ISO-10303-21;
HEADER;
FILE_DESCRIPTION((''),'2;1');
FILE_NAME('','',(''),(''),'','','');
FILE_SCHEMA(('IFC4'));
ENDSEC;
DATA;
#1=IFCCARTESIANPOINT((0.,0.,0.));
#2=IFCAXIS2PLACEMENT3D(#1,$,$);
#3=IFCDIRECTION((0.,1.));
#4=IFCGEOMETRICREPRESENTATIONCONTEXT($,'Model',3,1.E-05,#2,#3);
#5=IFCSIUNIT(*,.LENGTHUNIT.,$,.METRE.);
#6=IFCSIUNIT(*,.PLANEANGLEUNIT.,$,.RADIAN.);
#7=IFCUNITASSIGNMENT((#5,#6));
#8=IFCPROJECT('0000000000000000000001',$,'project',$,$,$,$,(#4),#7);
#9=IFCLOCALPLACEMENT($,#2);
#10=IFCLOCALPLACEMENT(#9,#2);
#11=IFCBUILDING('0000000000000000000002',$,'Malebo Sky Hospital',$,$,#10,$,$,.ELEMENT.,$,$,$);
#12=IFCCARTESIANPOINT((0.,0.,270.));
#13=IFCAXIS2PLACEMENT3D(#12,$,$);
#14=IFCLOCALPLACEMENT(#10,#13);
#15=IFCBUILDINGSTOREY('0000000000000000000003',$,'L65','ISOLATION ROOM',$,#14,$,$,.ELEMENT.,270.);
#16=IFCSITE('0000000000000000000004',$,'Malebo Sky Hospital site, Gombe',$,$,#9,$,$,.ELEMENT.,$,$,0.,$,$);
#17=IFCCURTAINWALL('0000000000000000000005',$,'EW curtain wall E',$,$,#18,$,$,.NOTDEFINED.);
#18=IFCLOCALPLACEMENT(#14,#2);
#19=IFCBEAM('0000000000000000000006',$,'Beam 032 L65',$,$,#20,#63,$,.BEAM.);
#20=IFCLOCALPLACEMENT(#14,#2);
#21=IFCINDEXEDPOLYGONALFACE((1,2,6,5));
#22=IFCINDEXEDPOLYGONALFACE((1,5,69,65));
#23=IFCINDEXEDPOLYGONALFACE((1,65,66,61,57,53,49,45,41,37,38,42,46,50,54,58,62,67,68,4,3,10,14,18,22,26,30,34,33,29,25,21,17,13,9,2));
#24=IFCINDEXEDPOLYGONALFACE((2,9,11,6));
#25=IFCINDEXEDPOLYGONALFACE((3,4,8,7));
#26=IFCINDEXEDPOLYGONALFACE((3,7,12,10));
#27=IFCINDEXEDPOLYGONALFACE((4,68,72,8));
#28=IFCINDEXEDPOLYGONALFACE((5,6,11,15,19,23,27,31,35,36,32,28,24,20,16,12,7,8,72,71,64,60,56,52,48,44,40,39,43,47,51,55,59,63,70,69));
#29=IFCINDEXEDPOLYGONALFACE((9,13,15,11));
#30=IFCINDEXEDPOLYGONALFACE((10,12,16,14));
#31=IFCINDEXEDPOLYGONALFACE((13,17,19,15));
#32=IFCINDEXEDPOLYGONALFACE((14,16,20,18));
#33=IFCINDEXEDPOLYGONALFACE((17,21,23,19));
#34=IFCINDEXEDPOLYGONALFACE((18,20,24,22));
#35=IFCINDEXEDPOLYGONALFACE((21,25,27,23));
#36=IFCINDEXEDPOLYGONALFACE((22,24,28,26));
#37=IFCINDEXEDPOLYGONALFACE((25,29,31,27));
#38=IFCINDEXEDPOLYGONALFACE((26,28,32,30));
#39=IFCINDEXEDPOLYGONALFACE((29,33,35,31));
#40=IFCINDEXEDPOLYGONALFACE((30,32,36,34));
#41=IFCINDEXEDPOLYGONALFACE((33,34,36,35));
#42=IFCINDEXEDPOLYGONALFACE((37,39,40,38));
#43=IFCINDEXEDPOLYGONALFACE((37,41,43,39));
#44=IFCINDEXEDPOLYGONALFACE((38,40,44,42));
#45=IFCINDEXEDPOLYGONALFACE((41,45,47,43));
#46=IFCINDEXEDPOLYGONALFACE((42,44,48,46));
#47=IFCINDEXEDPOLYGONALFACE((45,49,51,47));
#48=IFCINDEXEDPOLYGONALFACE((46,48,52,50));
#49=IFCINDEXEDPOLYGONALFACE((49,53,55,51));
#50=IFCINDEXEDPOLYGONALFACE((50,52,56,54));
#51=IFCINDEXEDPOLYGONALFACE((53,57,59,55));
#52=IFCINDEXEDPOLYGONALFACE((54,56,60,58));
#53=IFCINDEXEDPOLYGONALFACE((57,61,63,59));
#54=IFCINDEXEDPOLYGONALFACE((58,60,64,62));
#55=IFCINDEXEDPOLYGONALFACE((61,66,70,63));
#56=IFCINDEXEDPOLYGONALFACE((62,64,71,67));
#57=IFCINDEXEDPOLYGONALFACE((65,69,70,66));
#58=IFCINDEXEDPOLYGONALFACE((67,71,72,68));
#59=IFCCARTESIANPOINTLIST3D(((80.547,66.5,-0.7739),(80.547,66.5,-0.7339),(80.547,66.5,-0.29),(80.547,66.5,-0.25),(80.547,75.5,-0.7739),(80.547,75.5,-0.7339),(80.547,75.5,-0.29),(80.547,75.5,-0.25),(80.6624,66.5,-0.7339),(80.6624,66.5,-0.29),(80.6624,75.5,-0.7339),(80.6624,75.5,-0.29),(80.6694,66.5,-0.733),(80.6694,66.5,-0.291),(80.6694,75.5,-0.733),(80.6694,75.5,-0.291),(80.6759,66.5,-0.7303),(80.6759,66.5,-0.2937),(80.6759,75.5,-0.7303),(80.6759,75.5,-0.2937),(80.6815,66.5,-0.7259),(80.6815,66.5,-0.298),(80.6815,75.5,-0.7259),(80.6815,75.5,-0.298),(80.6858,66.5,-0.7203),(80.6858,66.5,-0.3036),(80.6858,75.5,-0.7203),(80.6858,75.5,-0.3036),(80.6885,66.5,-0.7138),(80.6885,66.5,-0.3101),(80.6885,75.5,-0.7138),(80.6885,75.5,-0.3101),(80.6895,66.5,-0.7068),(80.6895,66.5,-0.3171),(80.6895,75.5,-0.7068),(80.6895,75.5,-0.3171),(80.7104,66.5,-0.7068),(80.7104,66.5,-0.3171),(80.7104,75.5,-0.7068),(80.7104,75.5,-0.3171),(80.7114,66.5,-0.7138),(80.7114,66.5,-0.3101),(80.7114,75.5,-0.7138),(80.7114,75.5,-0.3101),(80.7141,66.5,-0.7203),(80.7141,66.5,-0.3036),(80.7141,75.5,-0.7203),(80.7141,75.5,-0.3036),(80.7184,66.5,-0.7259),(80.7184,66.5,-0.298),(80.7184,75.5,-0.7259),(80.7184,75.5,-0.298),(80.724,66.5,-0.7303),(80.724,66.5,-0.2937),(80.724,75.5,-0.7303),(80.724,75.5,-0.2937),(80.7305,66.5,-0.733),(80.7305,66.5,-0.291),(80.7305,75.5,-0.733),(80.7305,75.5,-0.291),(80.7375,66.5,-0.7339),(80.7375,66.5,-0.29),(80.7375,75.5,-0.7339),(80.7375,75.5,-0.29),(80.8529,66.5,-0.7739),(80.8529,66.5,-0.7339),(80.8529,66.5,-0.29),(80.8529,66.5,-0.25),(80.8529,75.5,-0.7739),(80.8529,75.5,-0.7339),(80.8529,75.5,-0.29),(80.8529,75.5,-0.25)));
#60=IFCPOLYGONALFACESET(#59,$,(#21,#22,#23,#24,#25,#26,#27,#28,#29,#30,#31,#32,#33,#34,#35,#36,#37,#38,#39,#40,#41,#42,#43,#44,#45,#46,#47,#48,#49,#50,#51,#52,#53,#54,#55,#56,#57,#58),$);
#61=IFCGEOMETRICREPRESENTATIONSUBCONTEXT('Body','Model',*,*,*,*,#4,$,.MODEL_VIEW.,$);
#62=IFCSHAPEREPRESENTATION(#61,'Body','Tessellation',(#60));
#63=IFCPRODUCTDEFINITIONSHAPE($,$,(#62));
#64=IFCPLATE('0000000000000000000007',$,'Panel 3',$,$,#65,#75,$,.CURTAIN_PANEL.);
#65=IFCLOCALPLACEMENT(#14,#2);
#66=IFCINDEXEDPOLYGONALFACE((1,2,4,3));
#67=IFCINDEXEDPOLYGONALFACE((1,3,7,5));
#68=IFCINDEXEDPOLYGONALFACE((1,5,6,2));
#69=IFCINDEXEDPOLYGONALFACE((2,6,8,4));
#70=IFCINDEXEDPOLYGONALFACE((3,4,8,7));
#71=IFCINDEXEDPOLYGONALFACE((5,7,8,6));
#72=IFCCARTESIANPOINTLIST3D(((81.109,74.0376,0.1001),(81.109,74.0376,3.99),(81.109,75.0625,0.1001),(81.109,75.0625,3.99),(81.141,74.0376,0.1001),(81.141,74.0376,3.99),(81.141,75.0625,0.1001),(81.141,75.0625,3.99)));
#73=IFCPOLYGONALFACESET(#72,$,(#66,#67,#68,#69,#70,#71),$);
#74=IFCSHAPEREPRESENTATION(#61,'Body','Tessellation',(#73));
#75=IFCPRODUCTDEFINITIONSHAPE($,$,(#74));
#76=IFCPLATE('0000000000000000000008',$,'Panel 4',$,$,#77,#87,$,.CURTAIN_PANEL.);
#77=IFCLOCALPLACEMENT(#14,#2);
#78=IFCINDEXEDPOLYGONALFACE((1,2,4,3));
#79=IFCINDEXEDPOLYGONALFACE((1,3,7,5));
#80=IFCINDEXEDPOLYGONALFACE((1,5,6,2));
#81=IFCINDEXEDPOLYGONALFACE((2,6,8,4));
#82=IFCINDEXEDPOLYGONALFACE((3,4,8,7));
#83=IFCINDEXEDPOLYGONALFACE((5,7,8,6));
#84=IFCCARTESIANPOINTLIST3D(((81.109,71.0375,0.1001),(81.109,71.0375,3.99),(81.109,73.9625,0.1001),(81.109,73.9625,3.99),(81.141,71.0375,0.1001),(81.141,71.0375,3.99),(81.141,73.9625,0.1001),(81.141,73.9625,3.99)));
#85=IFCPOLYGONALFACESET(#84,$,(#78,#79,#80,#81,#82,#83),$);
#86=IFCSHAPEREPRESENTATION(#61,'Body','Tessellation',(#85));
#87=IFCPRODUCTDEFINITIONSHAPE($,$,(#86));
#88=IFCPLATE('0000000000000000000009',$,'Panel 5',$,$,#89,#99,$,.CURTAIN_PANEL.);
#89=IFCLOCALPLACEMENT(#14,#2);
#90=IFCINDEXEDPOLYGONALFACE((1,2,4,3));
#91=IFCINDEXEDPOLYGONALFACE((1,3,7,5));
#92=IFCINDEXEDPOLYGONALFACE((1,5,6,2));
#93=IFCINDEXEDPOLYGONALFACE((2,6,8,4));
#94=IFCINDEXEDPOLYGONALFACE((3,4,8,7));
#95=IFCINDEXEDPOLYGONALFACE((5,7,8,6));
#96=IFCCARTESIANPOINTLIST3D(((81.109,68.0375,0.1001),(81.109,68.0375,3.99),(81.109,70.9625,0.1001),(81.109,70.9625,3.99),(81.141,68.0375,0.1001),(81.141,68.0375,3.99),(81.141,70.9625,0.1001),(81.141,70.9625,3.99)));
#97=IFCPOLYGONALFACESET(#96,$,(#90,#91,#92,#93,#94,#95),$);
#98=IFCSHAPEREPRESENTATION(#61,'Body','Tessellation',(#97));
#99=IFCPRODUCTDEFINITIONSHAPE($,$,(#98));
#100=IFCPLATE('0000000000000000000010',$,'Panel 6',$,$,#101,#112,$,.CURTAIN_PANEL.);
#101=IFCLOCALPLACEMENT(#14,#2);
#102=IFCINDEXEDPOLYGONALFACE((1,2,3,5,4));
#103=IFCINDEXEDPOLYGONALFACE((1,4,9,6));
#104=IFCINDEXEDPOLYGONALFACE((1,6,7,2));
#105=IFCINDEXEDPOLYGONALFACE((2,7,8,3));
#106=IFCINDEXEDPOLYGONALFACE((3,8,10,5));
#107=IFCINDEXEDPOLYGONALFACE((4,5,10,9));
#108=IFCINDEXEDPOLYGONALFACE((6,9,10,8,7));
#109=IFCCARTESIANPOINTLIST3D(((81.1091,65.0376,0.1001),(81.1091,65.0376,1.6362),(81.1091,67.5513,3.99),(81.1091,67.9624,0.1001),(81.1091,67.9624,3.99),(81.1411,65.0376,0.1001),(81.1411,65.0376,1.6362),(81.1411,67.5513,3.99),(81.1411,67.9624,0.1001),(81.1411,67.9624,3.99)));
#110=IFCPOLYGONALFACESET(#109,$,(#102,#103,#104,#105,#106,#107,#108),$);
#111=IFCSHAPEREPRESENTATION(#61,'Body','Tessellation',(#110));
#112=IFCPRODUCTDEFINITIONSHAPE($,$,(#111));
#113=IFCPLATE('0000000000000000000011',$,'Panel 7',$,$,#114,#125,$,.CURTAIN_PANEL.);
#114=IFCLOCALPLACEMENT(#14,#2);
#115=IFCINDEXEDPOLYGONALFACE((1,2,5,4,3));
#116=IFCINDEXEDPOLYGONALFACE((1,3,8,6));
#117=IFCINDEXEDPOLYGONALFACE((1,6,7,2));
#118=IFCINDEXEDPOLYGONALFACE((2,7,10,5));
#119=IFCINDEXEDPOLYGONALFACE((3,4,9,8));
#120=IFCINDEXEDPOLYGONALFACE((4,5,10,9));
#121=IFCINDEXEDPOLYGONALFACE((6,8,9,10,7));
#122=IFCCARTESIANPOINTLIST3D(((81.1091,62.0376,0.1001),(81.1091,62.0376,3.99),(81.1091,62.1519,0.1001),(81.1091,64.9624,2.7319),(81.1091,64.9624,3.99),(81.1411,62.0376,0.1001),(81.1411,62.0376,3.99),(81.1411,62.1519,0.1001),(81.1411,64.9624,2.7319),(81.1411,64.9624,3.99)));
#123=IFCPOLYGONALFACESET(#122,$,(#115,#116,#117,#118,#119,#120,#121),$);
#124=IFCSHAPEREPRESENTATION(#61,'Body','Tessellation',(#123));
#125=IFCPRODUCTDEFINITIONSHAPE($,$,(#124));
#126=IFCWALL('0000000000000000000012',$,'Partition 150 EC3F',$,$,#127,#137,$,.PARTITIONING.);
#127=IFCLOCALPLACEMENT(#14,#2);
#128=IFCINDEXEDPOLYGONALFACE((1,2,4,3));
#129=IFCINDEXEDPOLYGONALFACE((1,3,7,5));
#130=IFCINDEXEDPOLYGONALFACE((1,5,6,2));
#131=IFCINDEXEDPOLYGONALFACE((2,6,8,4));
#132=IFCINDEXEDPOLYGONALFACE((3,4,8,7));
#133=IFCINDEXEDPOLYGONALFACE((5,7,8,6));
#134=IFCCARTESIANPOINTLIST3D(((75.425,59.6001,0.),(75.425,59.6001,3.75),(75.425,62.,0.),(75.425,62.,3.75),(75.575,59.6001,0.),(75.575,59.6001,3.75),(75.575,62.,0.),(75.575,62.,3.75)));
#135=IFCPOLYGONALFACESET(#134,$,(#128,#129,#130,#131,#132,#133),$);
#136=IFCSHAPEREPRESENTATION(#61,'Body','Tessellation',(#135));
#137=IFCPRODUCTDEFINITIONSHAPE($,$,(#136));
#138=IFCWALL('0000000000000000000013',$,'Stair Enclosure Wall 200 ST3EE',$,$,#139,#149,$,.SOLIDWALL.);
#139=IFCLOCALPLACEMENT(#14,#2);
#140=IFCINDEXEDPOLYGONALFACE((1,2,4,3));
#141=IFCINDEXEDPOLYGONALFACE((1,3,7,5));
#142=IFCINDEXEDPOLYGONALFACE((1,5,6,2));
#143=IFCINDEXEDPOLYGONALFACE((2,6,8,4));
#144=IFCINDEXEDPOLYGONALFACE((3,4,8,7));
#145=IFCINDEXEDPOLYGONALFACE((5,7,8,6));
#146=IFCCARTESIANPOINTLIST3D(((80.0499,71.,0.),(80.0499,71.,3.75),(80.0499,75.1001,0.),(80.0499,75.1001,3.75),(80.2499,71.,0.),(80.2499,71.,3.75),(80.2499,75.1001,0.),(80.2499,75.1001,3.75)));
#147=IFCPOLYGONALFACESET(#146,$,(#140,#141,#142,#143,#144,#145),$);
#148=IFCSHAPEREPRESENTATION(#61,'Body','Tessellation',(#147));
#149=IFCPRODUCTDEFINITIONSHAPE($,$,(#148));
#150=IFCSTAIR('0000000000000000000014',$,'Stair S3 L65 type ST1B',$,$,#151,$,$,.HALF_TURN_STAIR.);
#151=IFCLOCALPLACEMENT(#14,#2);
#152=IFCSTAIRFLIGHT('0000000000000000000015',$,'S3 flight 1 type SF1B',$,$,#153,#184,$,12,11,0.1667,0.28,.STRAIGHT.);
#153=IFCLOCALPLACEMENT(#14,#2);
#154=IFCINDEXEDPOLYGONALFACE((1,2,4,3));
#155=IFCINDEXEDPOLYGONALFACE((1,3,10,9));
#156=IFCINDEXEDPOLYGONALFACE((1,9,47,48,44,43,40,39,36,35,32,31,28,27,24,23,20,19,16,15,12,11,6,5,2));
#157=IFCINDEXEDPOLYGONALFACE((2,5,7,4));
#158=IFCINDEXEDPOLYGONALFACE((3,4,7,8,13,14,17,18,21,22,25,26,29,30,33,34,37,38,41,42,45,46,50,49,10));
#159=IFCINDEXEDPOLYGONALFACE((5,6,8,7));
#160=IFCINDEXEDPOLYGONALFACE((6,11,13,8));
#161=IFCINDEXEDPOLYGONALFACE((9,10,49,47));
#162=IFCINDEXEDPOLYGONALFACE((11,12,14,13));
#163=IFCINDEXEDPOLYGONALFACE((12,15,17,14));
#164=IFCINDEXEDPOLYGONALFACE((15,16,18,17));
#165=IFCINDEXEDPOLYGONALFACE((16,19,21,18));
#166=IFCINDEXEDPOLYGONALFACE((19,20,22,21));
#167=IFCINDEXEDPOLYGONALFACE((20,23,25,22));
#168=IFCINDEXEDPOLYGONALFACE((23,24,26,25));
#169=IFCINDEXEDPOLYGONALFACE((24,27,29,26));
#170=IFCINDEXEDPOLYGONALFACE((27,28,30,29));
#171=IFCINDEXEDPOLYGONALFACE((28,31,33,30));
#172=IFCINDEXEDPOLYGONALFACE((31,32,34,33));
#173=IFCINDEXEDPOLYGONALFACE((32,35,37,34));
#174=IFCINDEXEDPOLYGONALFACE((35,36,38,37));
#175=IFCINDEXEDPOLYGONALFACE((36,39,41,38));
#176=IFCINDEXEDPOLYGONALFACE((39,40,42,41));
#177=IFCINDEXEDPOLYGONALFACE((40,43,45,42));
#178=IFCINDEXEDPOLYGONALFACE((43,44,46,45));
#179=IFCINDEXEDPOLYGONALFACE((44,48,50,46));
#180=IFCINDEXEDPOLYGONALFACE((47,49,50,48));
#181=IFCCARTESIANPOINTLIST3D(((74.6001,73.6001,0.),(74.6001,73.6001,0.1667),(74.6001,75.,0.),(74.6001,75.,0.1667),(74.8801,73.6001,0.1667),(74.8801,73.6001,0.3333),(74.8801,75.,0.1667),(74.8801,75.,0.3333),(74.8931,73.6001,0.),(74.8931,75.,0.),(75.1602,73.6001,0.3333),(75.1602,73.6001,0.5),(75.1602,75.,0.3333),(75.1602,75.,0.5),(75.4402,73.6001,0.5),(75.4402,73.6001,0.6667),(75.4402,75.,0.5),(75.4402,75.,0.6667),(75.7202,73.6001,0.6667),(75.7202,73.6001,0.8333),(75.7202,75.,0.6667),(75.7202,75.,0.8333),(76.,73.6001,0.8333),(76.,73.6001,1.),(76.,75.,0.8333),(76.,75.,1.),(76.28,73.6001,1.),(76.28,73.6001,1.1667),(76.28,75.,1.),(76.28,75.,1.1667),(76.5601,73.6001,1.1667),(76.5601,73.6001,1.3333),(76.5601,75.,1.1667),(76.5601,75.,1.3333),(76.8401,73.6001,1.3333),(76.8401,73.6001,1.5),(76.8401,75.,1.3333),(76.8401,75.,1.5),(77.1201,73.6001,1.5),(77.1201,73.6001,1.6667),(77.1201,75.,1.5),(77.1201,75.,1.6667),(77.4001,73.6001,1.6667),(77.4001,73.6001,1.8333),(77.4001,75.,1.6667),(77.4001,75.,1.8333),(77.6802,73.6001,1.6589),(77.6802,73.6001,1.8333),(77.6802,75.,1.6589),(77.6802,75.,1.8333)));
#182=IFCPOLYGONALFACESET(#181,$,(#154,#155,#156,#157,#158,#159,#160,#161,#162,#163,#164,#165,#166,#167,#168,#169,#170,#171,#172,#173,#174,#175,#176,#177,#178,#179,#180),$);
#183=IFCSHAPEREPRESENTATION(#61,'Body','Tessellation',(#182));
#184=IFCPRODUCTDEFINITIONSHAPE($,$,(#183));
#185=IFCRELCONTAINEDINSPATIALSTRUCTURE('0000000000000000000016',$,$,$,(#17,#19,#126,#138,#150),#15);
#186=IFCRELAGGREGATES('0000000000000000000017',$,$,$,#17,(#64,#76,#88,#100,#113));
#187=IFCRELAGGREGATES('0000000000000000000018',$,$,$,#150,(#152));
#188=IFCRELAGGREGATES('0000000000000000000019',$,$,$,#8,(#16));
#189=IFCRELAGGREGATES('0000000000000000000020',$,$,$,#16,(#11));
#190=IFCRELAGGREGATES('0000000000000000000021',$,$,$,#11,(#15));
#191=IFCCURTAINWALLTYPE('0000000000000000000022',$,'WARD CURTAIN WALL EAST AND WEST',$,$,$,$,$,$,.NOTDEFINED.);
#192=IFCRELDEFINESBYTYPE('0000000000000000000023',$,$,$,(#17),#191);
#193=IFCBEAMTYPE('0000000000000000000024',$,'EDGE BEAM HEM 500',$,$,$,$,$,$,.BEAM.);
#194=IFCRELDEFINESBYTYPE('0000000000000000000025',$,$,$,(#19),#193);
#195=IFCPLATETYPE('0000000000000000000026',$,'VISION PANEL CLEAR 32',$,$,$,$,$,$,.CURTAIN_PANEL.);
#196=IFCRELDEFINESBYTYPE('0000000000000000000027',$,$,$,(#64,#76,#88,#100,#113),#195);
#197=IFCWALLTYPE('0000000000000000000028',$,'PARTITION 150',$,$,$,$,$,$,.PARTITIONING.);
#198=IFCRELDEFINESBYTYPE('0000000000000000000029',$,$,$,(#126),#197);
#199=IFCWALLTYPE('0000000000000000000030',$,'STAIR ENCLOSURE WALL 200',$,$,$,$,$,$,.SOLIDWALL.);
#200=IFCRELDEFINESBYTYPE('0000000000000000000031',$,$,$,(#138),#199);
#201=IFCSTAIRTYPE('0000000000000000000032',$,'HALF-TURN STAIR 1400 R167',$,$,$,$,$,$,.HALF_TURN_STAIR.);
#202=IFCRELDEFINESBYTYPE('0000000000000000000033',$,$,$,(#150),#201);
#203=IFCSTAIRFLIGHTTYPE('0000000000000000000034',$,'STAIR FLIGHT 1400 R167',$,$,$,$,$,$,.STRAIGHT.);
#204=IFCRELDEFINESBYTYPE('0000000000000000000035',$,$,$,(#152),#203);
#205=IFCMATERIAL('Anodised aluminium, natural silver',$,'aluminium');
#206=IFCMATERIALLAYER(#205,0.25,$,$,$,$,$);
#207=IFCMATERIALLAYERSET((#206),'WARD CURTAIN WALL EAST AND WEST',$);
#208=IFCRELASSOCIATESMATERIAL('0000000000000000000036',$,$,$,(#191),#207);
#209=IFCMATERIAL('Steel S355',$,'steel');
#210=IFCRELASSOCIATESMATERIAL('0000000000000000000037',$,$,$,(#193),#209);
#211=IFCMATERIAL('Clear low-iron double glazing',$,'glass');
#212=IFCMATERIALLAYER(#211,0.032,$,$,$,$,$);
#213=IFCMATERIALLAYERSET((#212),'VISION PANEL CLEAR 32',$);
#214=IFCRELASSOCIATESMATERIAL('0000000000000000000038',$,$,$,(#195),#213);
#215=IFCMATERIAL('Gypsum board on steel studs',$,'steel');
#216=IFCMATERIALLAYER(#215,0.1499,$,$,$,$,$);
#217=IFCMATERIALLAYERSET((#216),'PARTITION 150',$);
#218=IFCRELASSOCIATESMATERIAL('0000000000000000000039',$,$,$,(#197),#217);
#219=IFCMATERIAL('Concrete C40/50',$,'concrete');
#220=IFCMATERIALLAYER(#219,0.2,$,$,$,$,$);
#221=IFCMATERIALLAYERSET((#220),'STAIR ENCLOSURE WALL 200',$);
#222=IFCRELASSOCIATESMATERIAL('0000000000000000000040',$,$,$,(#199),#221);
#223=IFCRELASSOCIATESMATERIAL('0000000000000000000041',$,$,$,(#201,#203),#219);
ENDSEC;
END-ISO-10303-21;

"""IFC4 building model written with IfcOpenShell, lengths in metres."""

from ifc_helpers import new_model, si_unit, direction, frame, frame_2d, origin, origin_2d, place, context, subcontext, project, spatial, polyline, rectangle, i_section, outline, extrude, material, layer, layer_set, material_profile, profile_set, type_object, element, aggregate, save


model = new_model("IFC4")

# Units and contexts
model_context = context("Model", 3, precision=1e-05, world=origin(), true_north=direction((0.0, 1.0)))
body_context = subcontext(model_context, "Body", "Model", "MODEL_VIEW")
ifc_project = project(units=[si_unit("LENGTHUNIT", "METRE"), si_unit("PLANEANGLEUNIT", "RADIAN")], contexts=[model_context])

# Site, building, storey
site_placement = place(None, origin())
site = spatial("IfcSite", under=ifc_project, at=site_placement, Name="Malebo Sky Hospital site, Gombe", CompositionType="ELEMENT", RefElevation=0.0)
building_placement = place(site_placement, origin())
building = spatial("IfcBuilding", under=site, at=building_placement, Name="Malebo Sky Hospital", CompositionType="ELEMENT")
storey_placement = place(building_placement, frame((0.0, 0.0, 270.0)))
storey = spatial("IfcBuildingStorey", under=building, at=storey_placement, Name="L65", Description="ISOLATION ROOM", CompositionType="ELEMENT", Elevation=270.0)

# Curtain wall
ifc_material_1 = material(Name="Anodised aluminium, natural silver", Category="aluminium")
ifc_layer_1 = layer(ifc_material_1, 0.25)
ifc_layer_set_1 = layer_set([ifc_layer_1], Name="WARD CURTAIN WALL EAST AND WEST")
curtain_wall_type = type_object("IfcCurtainWallType", Name="WARD CURTAIN WALL EAST AND WEST", PredefinedType="NOTDEFINED", material=ifc_layer_set_1)
curtain_wall_placement = place(storey_placement, origin())
curtain_wall = element("IfcCurtainWall", 1, at=curtain_wall_placement, inside=storey, type_object=curtain_wall_type, Name="EW curtain wall E", PredefinedType="NOTDEFINED")

# Shared definitions
ifc_material_2 = material(Name="Steel S355", Category="steel")

# Beam
ifc_material_profile_1 = material_profile(ifc_material_2, i_section(OverallWidth=0.3059, OverallDepth=0.5239, WebThickness=0.021, FlangeThickness=0.04, FilletRadius=0.0271, at=origin_2d()), Name="HEM 500")
ifc_profile_set_1 = profile_set([ifc_material_profile_1], Name="Steel S355")
beam_type = type_object("IfcBeamType", Name="EDGE BEAM HEM 500", PredefinedType="BEAM", material=ifc_profile_set_1)
beam_placement = place(storey_placement, frame((80.7, 66.5, -0.512), z_axis=(0.0, 1.0, 0.0), x_axis=(-1.0, 0.0, 0.0)))
element("IfcBeam", 2, at=beam_placement, inside=storey, type_object=beam_type, Name="Beam 032 L65", PredefinedType="BEAM", context=body_context, shape_type="SweptSolid", body=[
    extrude(i_section(OverallWidth=0.3059, OverallDepth=0.5239, WebThickness=0.021, FlangeThickness=0.04, FilletRadius=0.0271, at=origin_2d()), origin(), (0.0, 0.0, 1.0), 9.0),
])

# Plates
ifc_material_3 = material(Name="Clear low-iron double glazing", Category="glass")
ifc_layer_2 = layer(ifc_material_3, 0.032)
ifc_layer_set_2 = layer_set([ifc_layer_2], Name="VISION PANEL CLEAR 32")
plate_type = type_object("IfcPlateType", Name="VISION PANEL CLEAR 32", PredefinedType="CURTAIN_PANEL", material=ifc_layer_set_2)
plate_1_placement = place(storey_placement, frame((81.125, 74.55, 0.1001), z_axis=(0.0, 0.0, 1.0), x_axis=(0.0, -1.0, 0.0)))
plate_1 = element("IfcPlate", 3, at=plate_1_placement, type_object=plate_type, Name="Panel 3", PredefinedType="CURTAIN_PANEL", context=body_context, shape_type="SweptSolid", body=[
    extrude(rectangle(XDim=1.0249, YDim=0.032, at=origin_2d()), origin(), (0.0, 0.0, 1.0), 3.8899),
])
plate_2_placement = place(storey_placement, frame((81.125, 72.5, 0.1001), z_axis=(0.0, 0.0, 1.0), x_axis=(0.0, -1.0, 0.0)))
plate_2 = element("IfcPlate", 4, at=plate_2_placement, type_object=plate_type, Name="Panel 4", PredefinedType="CURTAIN_PANEL", context=body_context, shape_type="SweptSolid", body=[
    extrude(rectangle(XDim=2.925, YDim=0.032, at=origin_2d()), origin(), (0.0, 0.0, 1.0), 3.8899),
])
plate_3_placement = place(storey_placement, frame((81.125, 69.5, 0.1001), z_axis=(0.0, 0.0, 1.0), x_axis=(0.0, -1.0, 0.0)))
plate_3 = element("IfcPlate", 5, at=plate_3_placement, type_object=plate_type, Name="Panel 5", PredefinedType="CURTAIN_PANEL", context=body_context, shape_type="SweptSolid", body=[
    extrude(rectangle(XDim=2.925, YDim=0.032, at=origin_2d()), origin(), (0.0, 0.0, 1.0), 3.8899),
])
plate_4_placement = place(storey_placement, frame((81.125, 66.5, 0.1001), z_axis=(0.0, 0.0, 1.0), x_axis=(0.0, -1.0, 0.0)))
plate_4 = element("IfcPlate", 6, at=plate_4_placement, type_object=plate_type, Name="Panel 6", PredefinedType="CURTAIN_PANEL", context=body_context, shape_type="SweptSolid", body=[
    extrude(outline(polyline([(-1.4624, 0.0), (1.4624, 0.0), (1.4624, 1.5361), (-1.0513, 3.8899), (-1.4624, 3.8899), (-1.4624, 0.0)])), frame((0.0, 0.0161, 0.0), z_axis=(0.0, -1.0, 0.0), x_axis=(1.0, 0.0, 0.0)), (0.0, 0.0, 1.0), 0.032),
])
plate_5_placement = place(storey_placement, frame((81.125, 63.5, 0.1001), z_axis=(0.0, 0.0, 1.0), x_axis=(0.0, -1.0, 0.0)))
plate_5 = element("IfcPlate", 7, at=plate_5_placement, type_object=plate_type, Name="Panel 7", PredefinedType="CURTAIN_PANEL", context=body_context, shape_type="SweptSolid", body=[
    extrude(outline(polyline([(1.3481, 0.0), (1.4624, 0.0), (1.4624, 3.8899), (-1.4624, 3.8899), (-1.4624, 2.6318), (1.3481, 0.0)])), frame((0.0, 0.0161, 0.0), z_axis=(0.0, -1.0, 0.0), x_axis=(1.0, 0.0, 0.0)), (0.0, 0.0, 1.0), 0.032),
])
aggregate(curtain_wall, [plate_1, plate_2, plate_3, plate_4, plate_5])

# Walls
ifc_material_4 = material(Name="Gypsum board on steel studs", Category="steel")
ifc_layer_3 = layer(ifc_material_4, 0.1499)
ifc_layer_set_3 = layer_set([ifc_layer_3], Name="PARTITION 150")
wall_type_1 = type_object("IfcWallType", Name="PARTITION 150", PredefinedType="PARTITIONING", material=ifc_layer_set_3)
wall_1_placement = place(storey_placement, frame((75.5, 62.0, 0.0), z_axis=(0.0, 0.0, 1.0), x_axis=(0.0, -1.0, 0.0)))
element("IfcWall", 8, at=wall_1_placement, inside=storey, type_object=wall_type_1, Name="Partition 150 EC3F", PredefinedType="PARTITIONING", context=body_context, shape_type="SweptSolid", body=[
    extrude(rectangle(XDim=2.3999, YDim=0.1499, at=frame_2d((1.2, 0.0))), origin(), (0.0, 0.0, 1.0), 3.75),
])
ifc_material_5 = material(Name="Concrete C40/50", Category="concrete")
ifc_layer_4 = layer(ifc_material_5, 0.2)
ifc_layer_set_4 = layer_set([ifc_layer_4], Name="STAIR ENCLOSURE WALL 200")
wall_type_2 = type_object("IfcWallType", Name="STAIR ENCLOSURE WALL 200", PredefinedType="SOLIDWALL", material=ifc_layer_set_4)
wall_2_placement = place(storey_placement, frame((80.1499, 71.0, 0.0), z_axis=(0.0, 0.0, 1.0), x_axis=(0.0, 1.0, 0.0)))
element("IfcWall", 9, at=wall_2_placement, inside=storey, type_object=wall_type_2, Name="Stair Enclosure Wall 200 ST3EE", PredefinedType="SOLIDWALL", context=body_context, shape_type="SweptSolid", body=[
    extrude(rectangle(XDim=4.1001, YDim=0.2, at=frame_2d((2.05, 0.0))), origin(), (0.0, 0.0, 1.0), 3.75),
])

# Stair, stair flight
stair_type = type_object("IfcStairType", Name="HALF-TURN STAIR 1400 R167", PredefinedType="HALF_TURN_STAIR", material=ifc_material_5)
stair_placement = place(storey_placement, origin())
stair = element("IfcStair", 10, at=stair_placement, inside=storey, type_object=stair_type, Name="Stair S3 L65 type ST1B", PredefinedType="HALF_TURN_STAIR")
stair_flight_type = type_object("IfcStairFlightType", Name="STAIR FLIGHT 1400 R167", PredefinedType="STRAIGHT", material=ifc_material_5)
stair_flight_1_placement = place(storey_placement, frame((74.6001, 74.3, 0.0), z_axis=(0.0, 0.0, 1.0), x_axis=(1.0, 0.0, 0.0)))
stair_flight_1 = element("IfcStairFlight", 11, at=stair_flight_1_placement, type_object=stair_flight_type, Name="S3 flight 1 type SF1B", NumberOfRisers=12, NumberOfTreads=11, PredefinedType="STRAIGHT", RiserHeight=0.1667, TreadLength=0.28, context=body_context, shape_type="SweptSolid", body=[
    extrude(outline(polyline([(0.0, 0.0), (0.0, 0.1667), (0.28, 0.1667), (0.28, 0.3333), (0.5601, 0.3333), (0.5601, 0.5), (0.8401, 0.5), (0.8401, 0.6667), (1.1201, 0.6667), (1.1201, 0.8333), (1.3999, 0.8333), (1.3999, 1.0), (1.6799, 1.0), (1.6799, 1.1667), (1.96, 1.1667), (1.96, 1.3333), (2.24, 1.3333), (2.24, 1.5), (2.52, 1.5), (2.52, 1.6667), (2.8, 1.6667), (2.8, 1.8333), (3.0801, 1.8333), (3.0801, 2.0), (3.0801, 1.6589), (0.293, 0.0), (0.0, 0.0)])), frame((0.0, 0.7, 0.0), z_axis=(0.0, -1.0, 0.0), x_axis=(1.0, 0.0, 0.0)), (0.0, 0.0, 1.0), 1.3999),
])
aggregate(stair, [stair_flight_1])

save(model, "model.ifc")
